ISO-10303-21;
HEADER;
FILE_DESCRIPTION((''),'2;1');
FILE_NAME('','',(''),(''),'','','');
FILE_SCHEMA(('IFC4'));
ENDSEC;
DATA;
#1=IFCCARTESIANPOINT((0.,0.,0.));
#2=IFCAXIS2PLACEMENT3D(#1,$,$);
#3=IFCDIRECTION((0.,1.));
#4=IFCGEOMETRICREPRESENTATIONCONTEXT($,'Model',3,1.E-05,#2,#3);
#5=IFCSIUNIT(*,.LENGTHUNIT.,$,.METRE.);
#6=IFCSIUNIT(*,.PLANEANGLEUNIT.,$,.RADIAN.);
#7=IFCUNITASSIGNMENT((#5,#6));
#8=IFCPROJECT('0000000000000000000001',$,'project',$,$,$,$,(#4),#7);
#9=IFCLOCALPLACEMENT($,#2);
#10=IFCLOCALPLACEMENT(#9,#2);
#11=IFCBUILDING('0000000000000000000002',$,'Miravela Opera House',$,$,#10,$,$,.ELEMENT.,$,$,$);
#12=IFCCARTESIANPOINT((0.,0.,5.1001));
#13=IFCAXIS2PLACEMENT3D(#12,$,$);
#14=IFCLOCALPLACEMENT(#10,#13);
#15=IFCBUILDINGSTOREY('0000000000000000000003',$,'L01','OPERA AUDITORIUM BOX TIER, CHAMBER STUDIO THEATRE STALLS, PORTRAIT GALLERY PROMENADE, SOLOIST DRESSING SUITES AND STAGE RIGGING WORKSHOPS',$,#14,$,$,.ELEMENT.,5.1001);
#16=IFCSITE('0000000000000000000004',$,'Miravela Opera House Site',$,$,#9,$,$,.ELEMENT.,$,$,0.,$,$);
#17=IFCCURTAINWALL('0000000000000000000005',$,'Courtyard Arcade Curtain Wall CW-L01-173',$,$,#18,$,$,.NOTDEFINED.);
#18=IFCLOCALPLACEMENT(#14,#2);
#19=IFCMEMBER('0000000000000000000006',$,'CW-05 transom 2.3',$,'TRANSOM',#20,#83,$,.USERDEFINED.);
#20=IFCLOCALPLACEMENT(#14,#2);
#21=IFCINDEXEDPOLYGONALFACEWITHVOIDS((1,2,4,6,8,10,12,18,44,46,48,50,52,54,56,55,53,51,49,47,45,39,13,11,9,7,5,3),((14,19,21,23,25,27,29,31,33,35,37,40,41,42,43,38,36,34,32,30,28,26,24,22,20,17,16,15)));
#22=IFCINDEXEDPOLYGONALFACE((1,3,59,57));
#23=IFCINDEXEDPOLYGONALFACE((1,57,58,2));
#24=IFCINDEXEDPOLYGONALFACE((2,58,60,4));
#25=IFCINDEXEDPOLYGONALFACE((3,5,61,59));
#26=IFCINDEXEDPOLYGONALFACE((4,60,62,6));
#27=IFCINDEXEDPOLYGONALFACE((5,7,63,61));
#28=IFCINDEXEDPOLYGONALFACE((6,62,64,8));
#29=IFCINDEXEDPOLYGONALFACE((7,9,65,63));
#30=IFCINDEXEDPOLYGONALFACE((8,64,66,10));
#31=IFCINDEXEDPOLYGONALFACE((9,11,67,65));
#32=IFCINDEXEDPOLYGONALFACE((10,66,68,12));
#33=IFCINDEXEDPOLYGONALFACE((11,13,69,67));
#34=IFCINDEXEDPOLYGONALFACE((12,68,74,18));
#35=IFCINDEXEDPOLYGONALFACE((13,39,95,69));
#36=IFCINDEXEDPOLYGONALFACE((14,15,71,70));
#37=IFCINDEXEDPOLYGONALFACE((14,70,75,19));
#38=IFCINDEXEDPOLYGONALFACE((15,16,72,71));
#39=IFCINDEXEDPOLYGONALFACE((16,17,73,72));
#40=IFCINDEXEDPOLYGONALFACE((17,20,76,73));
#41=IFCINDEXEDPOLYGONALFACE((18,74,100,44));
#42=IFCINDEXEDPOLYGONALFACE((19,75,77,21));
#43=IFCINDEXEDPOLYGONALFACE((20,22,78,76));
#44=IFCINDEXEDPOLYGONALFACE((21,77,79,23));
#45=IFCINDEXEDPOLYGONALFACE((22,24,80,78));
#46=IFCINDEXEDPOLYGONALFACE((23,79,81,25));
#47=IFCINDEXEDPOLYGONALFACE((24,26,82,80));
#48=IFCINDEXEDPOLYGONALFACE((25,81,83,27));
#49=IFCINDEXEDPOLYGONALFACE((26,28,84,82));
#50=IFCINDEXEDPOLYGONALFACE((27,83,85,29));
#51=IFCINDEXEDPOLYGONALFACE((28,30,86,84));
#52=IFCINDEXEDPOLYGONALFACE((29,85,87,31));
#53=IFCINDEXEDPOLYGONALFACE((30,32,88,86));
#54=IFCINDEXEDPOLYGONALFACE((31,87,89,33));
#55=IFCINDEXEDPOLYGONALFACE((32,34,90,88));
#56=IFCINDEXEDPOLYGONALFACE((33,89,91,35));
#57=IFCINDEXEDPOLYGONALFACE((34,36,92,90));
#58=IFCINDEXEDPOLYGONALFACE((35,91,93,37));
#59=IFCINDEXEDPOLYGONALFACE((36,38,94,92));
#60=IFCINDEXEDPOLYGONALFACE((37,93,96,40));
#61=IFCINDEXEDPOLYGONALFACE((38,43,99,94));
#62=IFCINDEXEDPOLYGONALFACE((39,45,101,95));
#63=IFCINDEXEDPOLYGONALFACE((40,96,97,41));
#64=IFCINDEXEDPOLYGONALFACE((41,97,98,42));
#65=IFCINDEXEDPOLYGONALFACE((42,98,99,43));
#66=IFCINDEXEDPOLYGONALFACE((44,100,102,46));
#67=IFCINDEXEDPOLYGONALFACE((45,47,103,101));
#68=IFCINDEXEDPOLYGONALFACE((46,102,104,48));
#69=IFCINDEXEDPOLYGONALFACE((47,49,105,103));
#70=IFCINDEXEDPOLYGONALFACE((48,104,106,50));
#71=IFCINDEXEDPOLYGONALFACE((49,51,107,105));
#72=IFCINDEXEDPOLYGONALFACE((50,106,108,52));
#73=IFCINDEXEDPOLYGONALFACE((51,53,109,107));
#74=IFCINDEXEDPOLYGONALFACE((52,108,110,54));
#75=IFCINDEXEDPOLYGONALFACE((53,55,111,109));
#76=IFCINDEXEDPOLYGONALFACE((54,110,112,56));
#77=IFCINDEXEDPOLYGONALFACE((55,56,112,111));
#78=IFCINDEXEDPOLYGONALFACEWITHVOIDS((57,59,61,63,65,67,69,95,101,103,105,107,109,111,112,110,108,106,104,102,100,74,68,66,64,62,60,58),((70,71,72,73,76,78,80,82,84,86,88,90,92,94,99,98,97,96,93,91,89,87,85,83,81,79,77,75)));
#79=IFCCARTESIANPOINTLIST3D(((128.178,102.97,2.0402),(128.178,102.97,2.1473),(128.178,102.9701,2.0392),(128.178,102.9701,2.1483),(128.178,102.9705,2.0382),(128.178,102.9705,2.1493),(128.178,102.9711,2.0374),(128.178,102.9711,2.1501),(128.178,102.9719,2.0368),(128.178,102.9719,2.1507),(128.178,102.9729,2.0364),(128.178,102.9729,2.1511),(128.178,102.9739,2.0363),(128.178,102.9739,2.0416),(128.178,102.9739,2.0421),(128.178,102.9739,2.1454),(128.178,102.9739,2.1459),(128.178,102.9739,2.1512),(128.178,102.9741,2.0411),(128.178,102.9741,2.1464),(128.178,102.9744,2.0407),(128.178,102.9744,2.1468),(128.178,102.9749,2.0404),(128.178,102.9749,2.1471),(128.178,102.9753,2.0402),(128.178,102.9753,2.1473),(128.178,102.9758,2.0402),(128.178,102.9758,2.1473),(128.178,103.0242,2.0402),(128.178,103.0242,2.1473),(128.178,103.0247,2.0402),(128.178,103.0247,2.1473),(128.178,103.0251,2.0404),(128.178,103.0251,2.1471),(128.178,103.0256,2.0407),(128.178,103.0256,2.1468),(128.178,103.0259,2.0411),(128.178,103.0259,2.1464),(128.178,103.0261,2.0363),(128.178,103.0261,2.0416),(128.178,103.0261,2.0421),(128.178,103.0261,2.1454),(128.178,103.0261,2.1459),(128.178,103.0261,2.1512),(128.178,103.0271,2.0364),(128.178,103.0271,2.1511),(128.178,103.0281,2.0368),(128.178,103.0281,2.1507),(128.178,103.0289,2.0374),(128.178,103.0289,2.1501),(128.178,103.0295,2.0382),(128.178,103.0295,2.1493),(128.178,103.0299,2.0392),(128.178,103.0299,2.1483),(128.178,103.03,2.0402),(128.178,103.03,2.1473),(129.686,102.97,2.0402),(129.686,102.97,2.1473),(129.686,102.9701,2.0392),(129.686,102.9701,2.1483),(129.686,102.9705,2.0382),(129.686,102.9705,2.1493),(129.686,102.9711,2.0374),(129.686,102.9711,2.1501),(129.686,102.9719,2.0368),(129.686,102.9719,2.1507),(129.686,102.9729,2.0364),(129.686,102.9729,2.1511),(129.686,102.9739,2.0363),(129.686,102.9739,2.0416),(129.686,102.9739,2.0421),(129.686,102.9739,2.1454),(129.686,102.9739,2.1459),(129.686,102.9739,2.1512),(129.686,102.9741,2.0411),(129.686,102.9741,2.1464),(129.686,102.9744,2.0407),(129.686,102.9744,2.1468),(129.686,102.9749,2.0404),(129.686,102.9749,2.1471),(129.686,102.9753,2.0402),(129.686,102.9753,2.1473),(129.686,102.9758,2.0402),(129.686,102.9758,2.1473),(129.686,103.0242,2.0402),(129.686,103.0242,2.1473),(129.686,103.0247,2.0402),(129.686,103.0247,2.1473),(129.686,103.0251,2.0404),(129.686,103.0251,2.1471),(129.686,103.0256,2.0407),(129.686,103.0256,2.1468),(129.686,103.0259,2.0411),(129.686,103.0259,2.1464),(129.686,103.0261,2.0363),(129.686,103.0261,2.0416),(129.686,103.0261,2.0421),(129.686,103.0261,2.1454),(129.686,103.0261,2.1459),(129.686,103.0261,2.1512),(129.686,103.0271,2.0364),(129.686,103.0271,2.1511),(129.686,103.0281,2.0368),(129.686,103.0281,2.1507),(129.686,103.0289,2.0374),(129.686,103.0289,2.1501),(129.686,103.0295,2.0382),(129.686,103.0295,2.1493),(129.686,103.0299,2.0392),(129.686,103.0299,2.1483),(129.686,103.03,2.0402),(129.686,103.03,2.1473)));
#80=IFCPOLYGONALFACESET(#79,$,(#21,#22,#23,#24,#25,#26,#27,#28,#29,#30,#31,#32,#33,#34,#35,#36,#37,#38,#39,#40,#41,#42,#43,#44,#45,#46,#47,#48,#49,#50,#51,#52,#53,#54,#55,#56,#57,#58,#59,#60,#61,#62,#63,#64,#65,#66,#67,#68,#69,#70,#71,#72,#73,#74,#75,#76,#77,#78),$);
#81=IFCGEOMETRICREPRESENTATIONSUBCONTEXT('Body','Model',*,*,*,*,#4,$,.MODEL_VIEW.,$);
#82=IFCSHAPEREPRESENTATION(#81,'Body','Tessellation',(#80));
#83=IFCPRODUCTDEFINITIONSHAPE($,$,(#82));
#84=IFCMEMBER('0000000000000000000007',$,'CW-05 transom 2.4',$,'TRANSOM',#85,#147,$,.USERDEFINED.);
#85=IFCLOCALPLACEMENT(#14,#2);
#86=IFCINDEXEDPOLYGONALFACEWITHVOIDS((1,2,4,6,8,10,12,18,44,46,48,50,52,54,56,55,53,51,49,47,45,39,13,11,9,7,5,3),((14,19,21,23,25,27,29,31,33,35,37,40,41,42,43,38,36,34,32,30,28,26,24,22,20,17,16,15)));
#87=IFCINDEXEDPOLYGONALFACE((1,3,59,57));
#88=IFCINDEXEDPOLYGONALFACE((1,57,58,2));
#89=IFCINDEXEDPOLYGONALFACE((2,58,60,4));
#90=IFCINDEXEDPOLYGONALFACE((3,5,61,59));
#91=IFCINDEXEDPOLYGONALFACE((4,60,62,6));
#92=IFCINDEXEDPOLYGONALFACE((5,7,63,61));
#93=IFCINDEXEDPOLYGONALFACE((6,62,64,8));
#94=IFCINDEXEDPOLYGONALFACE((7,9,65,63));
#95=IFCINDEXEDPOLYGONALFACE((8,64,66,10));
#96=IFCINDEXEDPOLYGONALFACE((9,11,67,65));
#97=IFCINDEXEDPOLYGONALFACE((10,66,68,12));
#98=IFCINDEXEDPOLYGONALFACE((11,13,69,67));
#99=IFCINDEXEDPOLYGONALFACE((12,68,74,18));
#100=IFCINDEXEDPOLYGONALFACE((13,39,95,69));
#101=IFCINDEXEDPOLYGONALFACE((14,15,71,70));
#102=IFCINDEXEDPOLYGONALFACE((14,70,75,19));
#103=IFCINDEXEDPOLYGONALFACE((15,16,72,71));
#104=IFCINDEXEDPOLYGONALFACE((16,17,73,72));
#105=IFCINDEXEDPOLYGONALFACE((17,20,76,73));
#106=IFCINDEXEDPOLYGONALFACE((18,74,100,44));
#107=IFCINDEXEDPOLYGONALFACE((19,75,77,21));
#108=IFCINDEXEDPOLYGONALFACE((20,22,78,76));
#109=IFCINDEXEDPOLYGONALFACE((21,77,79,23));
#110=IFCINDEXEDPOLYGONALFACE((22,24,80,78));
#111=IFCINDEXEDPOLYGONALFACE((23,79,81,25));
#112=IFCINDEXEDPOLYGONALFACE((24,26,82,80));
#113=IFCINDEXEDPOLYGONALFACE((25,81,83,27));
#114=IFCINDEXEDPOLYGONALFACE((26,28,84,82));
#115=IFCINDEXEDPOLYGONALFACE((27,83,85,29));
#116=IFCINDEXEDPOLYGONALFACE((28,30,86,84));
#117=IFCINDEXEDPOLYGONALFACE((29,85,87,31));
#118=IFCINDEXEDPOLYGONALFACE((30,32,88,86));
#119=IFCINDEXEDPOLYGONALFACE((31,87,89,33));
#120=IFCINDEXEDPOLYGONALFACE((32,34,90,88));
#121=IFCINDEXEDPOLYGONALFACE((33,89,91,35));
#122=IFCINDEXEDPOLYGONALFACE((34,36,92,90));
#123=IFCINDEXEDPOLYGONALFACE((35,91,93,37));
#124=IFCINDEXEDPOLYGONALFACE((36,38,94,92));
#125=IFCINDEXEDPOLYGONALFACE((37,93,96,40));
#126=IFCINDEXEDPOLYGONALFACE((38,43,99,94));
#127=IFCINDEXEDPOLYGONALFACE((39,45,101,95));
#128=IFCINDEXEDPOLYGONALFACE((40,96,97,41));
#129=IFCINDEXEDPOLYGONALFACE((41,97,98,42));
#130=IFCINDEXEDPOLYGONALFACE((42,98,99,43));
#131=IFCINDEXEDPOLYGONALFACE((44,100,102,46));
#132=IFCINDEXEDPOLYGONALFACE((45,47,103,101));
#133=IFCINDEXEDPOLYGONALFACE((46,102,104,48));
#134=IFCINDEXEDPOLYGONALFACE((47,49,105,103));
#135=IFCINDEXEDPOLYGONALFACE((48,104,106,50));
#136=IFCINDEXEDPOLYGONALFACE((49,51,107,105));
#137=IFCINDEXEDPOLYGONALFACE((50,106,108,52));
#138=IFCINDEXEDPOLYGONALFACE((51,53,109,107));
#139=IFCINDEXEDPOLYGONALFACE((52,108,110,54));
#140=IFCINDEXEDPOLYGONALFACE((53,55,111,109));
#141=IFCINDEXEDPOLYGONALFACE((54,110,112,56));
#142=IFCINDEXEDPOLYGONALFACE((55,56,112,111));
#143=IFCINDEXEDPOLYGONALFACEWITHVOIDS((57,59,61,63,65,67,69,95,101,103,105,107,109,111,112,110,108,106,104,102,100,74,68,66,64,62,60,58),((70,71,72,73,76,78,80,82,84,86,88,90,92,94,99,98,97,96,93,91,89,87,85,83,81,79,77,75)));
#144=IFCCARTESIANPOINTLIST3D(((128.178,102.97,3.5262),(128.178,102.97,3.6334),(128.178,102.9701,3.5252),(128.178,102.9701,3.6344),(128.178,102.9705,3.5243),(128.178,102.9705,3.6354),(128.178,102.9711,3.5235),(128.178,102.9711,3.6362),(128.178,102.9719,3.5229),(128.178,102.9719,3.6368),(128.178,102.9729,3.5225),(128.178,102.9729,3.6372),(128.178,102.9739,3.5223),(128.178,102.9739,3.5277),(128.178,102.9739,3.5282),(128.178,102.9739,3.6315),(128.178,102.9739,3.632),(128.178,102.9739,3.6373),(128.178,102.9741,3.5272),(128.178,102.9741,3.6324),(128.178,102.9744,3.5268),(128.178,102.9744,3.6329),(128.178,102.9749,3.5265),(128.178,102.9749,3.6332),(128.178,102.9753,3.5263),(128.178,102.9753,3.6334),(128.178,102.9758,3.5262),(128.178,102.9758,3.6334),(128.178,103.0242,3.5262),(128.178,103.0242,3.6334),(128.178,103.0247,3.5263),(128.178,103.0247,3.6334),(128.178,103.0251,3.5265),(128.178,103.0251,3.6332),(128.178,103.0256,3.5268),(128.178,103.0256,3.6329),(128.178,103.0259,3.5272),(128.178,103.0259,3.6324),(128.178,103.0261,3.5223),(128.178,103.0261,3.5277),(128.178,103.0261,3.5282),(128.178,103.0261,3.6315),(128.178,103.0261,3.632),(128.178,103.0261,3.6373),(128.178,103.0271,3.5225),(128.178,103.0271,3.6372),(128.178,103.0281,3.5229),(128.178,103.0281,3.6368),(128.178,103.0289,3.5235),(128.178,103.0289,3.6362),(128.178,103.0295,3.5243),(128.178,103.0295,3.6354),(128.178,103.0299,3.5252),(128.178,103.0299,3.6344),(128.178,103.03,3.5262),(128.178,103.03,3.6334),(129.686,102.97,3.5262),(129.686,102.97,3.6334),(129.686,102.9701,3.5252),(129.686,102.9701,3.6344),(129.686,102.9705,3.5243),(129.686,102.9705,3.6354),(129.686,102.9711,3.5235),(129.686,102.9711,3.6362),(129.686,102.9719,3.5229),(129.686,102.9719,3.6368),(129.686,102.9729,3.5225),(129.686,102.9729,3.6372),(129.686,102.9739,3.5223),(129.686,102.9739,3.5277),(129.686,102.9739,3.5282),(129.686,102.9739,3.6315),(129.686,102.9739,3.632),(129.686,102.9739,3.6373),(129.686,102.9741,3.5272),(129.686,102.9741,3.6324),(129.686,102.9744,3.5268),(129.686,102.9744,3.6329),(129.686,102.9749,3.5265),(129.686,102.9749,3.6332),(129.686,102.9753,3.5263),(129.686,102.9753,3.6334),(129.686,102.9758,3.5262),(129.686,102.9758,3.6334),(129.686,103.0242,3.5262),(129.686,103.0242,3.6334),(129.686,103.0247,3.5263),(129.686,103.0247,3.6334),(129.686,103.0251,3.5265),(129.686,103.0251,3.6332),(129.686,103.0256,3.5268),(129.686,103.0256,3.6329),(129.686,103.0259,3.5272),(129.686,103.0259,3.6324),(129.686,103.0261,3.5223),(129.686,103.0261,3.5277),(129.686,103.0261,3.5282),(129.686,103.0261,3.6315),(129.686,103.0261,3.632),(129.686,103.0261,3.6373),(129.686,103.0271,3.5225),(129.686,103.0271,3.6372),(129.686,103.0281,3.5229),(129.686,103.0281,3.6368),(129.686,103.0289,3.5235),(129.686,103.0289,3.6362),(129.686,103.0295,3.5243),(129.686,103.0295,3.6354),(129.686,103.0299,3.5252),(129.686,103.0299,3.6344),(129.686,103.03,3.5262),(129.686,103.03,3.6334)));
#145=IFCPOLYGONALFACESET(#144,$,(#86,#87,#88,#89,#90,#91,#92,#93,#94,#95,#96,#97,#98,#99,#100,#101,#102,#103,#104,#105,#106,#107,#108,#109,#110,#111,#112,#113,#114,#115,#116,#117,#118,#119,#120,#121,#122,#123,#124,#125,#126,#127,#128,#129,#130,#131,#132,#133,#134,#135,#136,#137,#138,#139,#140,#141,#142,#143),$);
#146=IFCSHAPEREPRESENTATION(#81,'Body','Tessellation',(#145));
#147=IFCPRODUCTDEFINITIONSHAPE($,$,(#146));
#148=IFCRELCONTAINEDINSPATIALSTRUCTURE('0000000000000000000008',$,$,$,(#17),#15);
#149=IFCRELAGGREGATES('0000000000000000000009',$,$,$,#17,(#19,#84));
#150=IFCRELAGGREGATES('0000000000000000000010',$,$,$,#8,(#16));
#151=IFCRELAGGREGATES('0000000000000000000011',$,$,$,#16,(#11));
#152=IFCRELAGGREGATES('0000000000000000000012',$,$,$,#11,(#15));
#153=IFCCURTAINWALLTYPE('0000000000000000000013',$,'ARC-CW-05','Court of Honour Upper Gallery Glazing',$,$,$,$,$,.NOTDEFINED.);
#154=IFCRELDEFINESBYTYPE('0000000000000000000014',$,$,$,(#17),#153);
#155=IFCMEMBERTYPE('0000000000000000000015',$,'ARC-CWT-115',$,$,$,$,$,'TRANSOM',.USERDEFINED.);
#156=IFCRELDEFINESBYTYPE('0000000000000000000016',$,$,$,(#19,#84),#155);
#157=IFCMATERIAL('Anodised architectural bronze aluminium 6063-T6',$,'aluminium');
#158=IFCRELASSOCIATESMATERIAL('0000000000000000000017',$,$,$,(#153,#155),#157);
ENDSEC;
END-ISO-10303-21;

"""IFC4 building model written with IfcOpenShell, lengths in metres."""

from ifc_helpers import new_model, si_unit, direction, frame, origin, origin_2d, place, context, subcontext, project, spatial, hollow_rectangle, extrude, material, material_profile, profile_set, type_object, element, aggregate, save


model = new_model("IFC4")

# Units and contexts
model_context = context("Model", 3, precision=1e-05, world=origin(), true_north=direction((0.0, 1.0)))
body_context = subcontext(model_context, "Body", "Model", "MODEL_VIEW")
ifc_project = project(units=[si_unit("LENGTHUNIT", "METRE"), si_unit("PLANEANGLEUNIT", "RADIAN")], contexts=[model_context])

# Site, building, storey
site_placement = place(None, origin())
site = spatial("IfcSite", under=ifc_project, at=site_placement, Name="Miravela Opera House Site", CompositionType="ELEMENT", RefElevation=0.0)
building_placement = place(site_placement, origin())
building = spatial("IfcBuilding", under=site, at=building_placement, Name="Miravela Opera House", CompositionType="ELEMENT")
storey_placement = place(building_placement, frame((0.0, 0.0, 5.1001)))
storey = spatial("IfcBuildingStorey", under=building, at=storey_placement, Name="L01", Description="OPERA AUDITORIUM BOX TIER, CHAMBER STUDIO THEATRE STALLS, PORTRAIT GALLERY PROMENADE, SOLOIST DRESSING SUITES AND STAGE RIGGING WORKSHOPS", CompositionType="ELEMENT", Elevation=5.1001)

# Shared definitions
ifc_material_1 = material(Name="Anodised architectural bronze aluminium 6063-T6", Category="aluminium")
curtain_wall_type = type_object("IfcCurtainWallType", Name="ARC-CW-05", Description="Court of Honour Upper Gallery Glazing", PredefinedType="NOTDEFINED", material=ifc_material_1)

# Curtain wall, members
curtain_wall_1_placement = place(storey_placement, origin())
curtain_wall_1 = element("IfcCurtainWall", 1, at=curtain_wall_1_placement, inside=storey, type_object=curtain_wall_type, Name="Courtyard Arcade Curtain Wall CW-L01-173", PredefinedType="NOTDEFINED")
ifc_material_profile_1 = material_profile(ifc_material_1, hollow_rectangle(XDim=0.0601, YDim=0.115, WallThickness=0.0039, InnerFilletRadius=0.002, OuterFilletRadius=0.0039, at=origin_2d()), Name="CWT-60X115")
ifc_profile_set_1 = profile_set([ifc_material_profile_1])
member_type_1 = type_object("IfcMemberType", Name="ARC-CWT-115", ElementType="TRANSOM", PredefinedType="USERDEFINED", material=ifc_profile_set_1)
member_1_placement = place(storey_placement, frame((128.178, 103.0, 2.0938), z_axis=(1.0, 0.0, 0.0), x_axis=(0.0, 1.0, 0.0)))
member_1 = element("IfcMember", 2, at=member_1_placement, type_object=member_type_1, Name="CW-05 transom 2.3", ObjectType="TRANSOM", PredefinedType="USERDEFINED", context=body_context, shape_type="SweptSolid", body=[
    extrude(hollow_rectangle(XDim=0.0601, YDim=0.115, WallThickness=0.0039, InnerFilletRadius=0.002, OuterFilletRadius=0.0039, at=origin_2d()), origin(), (0.0, 0.0, 1.0), 1.5081),
])
member_2_placement = place(storey_placement, frame((128.178, 103.0, 3.5798), z_axis=(1.0, 0.0, 0.0), x_axis=(0.0, 1.0, 0.0)))
member_2 = element("IfcMember", 3, at=member_2_placement, type_object=member_type_1, Name="CW-05 transom 2.4", ObjectType="TRANSOM", PredefinedType="USERDEFINED", context=body_context, shape_type="SweptSolid", body=[
    extrude(hollow_rectangle(XDim=0.0601, YDim=0.115, WallThickness=0.0039, InnerFilletRadius=0.002, OuterFilletRadius=0.0039, at=origin_2d()), origin(), (0.0, 0.0, 1.0), 1.5081),
])

aggregate(curtain_wall_1, [member_1, member_2])

save(model, "model.ifc")
